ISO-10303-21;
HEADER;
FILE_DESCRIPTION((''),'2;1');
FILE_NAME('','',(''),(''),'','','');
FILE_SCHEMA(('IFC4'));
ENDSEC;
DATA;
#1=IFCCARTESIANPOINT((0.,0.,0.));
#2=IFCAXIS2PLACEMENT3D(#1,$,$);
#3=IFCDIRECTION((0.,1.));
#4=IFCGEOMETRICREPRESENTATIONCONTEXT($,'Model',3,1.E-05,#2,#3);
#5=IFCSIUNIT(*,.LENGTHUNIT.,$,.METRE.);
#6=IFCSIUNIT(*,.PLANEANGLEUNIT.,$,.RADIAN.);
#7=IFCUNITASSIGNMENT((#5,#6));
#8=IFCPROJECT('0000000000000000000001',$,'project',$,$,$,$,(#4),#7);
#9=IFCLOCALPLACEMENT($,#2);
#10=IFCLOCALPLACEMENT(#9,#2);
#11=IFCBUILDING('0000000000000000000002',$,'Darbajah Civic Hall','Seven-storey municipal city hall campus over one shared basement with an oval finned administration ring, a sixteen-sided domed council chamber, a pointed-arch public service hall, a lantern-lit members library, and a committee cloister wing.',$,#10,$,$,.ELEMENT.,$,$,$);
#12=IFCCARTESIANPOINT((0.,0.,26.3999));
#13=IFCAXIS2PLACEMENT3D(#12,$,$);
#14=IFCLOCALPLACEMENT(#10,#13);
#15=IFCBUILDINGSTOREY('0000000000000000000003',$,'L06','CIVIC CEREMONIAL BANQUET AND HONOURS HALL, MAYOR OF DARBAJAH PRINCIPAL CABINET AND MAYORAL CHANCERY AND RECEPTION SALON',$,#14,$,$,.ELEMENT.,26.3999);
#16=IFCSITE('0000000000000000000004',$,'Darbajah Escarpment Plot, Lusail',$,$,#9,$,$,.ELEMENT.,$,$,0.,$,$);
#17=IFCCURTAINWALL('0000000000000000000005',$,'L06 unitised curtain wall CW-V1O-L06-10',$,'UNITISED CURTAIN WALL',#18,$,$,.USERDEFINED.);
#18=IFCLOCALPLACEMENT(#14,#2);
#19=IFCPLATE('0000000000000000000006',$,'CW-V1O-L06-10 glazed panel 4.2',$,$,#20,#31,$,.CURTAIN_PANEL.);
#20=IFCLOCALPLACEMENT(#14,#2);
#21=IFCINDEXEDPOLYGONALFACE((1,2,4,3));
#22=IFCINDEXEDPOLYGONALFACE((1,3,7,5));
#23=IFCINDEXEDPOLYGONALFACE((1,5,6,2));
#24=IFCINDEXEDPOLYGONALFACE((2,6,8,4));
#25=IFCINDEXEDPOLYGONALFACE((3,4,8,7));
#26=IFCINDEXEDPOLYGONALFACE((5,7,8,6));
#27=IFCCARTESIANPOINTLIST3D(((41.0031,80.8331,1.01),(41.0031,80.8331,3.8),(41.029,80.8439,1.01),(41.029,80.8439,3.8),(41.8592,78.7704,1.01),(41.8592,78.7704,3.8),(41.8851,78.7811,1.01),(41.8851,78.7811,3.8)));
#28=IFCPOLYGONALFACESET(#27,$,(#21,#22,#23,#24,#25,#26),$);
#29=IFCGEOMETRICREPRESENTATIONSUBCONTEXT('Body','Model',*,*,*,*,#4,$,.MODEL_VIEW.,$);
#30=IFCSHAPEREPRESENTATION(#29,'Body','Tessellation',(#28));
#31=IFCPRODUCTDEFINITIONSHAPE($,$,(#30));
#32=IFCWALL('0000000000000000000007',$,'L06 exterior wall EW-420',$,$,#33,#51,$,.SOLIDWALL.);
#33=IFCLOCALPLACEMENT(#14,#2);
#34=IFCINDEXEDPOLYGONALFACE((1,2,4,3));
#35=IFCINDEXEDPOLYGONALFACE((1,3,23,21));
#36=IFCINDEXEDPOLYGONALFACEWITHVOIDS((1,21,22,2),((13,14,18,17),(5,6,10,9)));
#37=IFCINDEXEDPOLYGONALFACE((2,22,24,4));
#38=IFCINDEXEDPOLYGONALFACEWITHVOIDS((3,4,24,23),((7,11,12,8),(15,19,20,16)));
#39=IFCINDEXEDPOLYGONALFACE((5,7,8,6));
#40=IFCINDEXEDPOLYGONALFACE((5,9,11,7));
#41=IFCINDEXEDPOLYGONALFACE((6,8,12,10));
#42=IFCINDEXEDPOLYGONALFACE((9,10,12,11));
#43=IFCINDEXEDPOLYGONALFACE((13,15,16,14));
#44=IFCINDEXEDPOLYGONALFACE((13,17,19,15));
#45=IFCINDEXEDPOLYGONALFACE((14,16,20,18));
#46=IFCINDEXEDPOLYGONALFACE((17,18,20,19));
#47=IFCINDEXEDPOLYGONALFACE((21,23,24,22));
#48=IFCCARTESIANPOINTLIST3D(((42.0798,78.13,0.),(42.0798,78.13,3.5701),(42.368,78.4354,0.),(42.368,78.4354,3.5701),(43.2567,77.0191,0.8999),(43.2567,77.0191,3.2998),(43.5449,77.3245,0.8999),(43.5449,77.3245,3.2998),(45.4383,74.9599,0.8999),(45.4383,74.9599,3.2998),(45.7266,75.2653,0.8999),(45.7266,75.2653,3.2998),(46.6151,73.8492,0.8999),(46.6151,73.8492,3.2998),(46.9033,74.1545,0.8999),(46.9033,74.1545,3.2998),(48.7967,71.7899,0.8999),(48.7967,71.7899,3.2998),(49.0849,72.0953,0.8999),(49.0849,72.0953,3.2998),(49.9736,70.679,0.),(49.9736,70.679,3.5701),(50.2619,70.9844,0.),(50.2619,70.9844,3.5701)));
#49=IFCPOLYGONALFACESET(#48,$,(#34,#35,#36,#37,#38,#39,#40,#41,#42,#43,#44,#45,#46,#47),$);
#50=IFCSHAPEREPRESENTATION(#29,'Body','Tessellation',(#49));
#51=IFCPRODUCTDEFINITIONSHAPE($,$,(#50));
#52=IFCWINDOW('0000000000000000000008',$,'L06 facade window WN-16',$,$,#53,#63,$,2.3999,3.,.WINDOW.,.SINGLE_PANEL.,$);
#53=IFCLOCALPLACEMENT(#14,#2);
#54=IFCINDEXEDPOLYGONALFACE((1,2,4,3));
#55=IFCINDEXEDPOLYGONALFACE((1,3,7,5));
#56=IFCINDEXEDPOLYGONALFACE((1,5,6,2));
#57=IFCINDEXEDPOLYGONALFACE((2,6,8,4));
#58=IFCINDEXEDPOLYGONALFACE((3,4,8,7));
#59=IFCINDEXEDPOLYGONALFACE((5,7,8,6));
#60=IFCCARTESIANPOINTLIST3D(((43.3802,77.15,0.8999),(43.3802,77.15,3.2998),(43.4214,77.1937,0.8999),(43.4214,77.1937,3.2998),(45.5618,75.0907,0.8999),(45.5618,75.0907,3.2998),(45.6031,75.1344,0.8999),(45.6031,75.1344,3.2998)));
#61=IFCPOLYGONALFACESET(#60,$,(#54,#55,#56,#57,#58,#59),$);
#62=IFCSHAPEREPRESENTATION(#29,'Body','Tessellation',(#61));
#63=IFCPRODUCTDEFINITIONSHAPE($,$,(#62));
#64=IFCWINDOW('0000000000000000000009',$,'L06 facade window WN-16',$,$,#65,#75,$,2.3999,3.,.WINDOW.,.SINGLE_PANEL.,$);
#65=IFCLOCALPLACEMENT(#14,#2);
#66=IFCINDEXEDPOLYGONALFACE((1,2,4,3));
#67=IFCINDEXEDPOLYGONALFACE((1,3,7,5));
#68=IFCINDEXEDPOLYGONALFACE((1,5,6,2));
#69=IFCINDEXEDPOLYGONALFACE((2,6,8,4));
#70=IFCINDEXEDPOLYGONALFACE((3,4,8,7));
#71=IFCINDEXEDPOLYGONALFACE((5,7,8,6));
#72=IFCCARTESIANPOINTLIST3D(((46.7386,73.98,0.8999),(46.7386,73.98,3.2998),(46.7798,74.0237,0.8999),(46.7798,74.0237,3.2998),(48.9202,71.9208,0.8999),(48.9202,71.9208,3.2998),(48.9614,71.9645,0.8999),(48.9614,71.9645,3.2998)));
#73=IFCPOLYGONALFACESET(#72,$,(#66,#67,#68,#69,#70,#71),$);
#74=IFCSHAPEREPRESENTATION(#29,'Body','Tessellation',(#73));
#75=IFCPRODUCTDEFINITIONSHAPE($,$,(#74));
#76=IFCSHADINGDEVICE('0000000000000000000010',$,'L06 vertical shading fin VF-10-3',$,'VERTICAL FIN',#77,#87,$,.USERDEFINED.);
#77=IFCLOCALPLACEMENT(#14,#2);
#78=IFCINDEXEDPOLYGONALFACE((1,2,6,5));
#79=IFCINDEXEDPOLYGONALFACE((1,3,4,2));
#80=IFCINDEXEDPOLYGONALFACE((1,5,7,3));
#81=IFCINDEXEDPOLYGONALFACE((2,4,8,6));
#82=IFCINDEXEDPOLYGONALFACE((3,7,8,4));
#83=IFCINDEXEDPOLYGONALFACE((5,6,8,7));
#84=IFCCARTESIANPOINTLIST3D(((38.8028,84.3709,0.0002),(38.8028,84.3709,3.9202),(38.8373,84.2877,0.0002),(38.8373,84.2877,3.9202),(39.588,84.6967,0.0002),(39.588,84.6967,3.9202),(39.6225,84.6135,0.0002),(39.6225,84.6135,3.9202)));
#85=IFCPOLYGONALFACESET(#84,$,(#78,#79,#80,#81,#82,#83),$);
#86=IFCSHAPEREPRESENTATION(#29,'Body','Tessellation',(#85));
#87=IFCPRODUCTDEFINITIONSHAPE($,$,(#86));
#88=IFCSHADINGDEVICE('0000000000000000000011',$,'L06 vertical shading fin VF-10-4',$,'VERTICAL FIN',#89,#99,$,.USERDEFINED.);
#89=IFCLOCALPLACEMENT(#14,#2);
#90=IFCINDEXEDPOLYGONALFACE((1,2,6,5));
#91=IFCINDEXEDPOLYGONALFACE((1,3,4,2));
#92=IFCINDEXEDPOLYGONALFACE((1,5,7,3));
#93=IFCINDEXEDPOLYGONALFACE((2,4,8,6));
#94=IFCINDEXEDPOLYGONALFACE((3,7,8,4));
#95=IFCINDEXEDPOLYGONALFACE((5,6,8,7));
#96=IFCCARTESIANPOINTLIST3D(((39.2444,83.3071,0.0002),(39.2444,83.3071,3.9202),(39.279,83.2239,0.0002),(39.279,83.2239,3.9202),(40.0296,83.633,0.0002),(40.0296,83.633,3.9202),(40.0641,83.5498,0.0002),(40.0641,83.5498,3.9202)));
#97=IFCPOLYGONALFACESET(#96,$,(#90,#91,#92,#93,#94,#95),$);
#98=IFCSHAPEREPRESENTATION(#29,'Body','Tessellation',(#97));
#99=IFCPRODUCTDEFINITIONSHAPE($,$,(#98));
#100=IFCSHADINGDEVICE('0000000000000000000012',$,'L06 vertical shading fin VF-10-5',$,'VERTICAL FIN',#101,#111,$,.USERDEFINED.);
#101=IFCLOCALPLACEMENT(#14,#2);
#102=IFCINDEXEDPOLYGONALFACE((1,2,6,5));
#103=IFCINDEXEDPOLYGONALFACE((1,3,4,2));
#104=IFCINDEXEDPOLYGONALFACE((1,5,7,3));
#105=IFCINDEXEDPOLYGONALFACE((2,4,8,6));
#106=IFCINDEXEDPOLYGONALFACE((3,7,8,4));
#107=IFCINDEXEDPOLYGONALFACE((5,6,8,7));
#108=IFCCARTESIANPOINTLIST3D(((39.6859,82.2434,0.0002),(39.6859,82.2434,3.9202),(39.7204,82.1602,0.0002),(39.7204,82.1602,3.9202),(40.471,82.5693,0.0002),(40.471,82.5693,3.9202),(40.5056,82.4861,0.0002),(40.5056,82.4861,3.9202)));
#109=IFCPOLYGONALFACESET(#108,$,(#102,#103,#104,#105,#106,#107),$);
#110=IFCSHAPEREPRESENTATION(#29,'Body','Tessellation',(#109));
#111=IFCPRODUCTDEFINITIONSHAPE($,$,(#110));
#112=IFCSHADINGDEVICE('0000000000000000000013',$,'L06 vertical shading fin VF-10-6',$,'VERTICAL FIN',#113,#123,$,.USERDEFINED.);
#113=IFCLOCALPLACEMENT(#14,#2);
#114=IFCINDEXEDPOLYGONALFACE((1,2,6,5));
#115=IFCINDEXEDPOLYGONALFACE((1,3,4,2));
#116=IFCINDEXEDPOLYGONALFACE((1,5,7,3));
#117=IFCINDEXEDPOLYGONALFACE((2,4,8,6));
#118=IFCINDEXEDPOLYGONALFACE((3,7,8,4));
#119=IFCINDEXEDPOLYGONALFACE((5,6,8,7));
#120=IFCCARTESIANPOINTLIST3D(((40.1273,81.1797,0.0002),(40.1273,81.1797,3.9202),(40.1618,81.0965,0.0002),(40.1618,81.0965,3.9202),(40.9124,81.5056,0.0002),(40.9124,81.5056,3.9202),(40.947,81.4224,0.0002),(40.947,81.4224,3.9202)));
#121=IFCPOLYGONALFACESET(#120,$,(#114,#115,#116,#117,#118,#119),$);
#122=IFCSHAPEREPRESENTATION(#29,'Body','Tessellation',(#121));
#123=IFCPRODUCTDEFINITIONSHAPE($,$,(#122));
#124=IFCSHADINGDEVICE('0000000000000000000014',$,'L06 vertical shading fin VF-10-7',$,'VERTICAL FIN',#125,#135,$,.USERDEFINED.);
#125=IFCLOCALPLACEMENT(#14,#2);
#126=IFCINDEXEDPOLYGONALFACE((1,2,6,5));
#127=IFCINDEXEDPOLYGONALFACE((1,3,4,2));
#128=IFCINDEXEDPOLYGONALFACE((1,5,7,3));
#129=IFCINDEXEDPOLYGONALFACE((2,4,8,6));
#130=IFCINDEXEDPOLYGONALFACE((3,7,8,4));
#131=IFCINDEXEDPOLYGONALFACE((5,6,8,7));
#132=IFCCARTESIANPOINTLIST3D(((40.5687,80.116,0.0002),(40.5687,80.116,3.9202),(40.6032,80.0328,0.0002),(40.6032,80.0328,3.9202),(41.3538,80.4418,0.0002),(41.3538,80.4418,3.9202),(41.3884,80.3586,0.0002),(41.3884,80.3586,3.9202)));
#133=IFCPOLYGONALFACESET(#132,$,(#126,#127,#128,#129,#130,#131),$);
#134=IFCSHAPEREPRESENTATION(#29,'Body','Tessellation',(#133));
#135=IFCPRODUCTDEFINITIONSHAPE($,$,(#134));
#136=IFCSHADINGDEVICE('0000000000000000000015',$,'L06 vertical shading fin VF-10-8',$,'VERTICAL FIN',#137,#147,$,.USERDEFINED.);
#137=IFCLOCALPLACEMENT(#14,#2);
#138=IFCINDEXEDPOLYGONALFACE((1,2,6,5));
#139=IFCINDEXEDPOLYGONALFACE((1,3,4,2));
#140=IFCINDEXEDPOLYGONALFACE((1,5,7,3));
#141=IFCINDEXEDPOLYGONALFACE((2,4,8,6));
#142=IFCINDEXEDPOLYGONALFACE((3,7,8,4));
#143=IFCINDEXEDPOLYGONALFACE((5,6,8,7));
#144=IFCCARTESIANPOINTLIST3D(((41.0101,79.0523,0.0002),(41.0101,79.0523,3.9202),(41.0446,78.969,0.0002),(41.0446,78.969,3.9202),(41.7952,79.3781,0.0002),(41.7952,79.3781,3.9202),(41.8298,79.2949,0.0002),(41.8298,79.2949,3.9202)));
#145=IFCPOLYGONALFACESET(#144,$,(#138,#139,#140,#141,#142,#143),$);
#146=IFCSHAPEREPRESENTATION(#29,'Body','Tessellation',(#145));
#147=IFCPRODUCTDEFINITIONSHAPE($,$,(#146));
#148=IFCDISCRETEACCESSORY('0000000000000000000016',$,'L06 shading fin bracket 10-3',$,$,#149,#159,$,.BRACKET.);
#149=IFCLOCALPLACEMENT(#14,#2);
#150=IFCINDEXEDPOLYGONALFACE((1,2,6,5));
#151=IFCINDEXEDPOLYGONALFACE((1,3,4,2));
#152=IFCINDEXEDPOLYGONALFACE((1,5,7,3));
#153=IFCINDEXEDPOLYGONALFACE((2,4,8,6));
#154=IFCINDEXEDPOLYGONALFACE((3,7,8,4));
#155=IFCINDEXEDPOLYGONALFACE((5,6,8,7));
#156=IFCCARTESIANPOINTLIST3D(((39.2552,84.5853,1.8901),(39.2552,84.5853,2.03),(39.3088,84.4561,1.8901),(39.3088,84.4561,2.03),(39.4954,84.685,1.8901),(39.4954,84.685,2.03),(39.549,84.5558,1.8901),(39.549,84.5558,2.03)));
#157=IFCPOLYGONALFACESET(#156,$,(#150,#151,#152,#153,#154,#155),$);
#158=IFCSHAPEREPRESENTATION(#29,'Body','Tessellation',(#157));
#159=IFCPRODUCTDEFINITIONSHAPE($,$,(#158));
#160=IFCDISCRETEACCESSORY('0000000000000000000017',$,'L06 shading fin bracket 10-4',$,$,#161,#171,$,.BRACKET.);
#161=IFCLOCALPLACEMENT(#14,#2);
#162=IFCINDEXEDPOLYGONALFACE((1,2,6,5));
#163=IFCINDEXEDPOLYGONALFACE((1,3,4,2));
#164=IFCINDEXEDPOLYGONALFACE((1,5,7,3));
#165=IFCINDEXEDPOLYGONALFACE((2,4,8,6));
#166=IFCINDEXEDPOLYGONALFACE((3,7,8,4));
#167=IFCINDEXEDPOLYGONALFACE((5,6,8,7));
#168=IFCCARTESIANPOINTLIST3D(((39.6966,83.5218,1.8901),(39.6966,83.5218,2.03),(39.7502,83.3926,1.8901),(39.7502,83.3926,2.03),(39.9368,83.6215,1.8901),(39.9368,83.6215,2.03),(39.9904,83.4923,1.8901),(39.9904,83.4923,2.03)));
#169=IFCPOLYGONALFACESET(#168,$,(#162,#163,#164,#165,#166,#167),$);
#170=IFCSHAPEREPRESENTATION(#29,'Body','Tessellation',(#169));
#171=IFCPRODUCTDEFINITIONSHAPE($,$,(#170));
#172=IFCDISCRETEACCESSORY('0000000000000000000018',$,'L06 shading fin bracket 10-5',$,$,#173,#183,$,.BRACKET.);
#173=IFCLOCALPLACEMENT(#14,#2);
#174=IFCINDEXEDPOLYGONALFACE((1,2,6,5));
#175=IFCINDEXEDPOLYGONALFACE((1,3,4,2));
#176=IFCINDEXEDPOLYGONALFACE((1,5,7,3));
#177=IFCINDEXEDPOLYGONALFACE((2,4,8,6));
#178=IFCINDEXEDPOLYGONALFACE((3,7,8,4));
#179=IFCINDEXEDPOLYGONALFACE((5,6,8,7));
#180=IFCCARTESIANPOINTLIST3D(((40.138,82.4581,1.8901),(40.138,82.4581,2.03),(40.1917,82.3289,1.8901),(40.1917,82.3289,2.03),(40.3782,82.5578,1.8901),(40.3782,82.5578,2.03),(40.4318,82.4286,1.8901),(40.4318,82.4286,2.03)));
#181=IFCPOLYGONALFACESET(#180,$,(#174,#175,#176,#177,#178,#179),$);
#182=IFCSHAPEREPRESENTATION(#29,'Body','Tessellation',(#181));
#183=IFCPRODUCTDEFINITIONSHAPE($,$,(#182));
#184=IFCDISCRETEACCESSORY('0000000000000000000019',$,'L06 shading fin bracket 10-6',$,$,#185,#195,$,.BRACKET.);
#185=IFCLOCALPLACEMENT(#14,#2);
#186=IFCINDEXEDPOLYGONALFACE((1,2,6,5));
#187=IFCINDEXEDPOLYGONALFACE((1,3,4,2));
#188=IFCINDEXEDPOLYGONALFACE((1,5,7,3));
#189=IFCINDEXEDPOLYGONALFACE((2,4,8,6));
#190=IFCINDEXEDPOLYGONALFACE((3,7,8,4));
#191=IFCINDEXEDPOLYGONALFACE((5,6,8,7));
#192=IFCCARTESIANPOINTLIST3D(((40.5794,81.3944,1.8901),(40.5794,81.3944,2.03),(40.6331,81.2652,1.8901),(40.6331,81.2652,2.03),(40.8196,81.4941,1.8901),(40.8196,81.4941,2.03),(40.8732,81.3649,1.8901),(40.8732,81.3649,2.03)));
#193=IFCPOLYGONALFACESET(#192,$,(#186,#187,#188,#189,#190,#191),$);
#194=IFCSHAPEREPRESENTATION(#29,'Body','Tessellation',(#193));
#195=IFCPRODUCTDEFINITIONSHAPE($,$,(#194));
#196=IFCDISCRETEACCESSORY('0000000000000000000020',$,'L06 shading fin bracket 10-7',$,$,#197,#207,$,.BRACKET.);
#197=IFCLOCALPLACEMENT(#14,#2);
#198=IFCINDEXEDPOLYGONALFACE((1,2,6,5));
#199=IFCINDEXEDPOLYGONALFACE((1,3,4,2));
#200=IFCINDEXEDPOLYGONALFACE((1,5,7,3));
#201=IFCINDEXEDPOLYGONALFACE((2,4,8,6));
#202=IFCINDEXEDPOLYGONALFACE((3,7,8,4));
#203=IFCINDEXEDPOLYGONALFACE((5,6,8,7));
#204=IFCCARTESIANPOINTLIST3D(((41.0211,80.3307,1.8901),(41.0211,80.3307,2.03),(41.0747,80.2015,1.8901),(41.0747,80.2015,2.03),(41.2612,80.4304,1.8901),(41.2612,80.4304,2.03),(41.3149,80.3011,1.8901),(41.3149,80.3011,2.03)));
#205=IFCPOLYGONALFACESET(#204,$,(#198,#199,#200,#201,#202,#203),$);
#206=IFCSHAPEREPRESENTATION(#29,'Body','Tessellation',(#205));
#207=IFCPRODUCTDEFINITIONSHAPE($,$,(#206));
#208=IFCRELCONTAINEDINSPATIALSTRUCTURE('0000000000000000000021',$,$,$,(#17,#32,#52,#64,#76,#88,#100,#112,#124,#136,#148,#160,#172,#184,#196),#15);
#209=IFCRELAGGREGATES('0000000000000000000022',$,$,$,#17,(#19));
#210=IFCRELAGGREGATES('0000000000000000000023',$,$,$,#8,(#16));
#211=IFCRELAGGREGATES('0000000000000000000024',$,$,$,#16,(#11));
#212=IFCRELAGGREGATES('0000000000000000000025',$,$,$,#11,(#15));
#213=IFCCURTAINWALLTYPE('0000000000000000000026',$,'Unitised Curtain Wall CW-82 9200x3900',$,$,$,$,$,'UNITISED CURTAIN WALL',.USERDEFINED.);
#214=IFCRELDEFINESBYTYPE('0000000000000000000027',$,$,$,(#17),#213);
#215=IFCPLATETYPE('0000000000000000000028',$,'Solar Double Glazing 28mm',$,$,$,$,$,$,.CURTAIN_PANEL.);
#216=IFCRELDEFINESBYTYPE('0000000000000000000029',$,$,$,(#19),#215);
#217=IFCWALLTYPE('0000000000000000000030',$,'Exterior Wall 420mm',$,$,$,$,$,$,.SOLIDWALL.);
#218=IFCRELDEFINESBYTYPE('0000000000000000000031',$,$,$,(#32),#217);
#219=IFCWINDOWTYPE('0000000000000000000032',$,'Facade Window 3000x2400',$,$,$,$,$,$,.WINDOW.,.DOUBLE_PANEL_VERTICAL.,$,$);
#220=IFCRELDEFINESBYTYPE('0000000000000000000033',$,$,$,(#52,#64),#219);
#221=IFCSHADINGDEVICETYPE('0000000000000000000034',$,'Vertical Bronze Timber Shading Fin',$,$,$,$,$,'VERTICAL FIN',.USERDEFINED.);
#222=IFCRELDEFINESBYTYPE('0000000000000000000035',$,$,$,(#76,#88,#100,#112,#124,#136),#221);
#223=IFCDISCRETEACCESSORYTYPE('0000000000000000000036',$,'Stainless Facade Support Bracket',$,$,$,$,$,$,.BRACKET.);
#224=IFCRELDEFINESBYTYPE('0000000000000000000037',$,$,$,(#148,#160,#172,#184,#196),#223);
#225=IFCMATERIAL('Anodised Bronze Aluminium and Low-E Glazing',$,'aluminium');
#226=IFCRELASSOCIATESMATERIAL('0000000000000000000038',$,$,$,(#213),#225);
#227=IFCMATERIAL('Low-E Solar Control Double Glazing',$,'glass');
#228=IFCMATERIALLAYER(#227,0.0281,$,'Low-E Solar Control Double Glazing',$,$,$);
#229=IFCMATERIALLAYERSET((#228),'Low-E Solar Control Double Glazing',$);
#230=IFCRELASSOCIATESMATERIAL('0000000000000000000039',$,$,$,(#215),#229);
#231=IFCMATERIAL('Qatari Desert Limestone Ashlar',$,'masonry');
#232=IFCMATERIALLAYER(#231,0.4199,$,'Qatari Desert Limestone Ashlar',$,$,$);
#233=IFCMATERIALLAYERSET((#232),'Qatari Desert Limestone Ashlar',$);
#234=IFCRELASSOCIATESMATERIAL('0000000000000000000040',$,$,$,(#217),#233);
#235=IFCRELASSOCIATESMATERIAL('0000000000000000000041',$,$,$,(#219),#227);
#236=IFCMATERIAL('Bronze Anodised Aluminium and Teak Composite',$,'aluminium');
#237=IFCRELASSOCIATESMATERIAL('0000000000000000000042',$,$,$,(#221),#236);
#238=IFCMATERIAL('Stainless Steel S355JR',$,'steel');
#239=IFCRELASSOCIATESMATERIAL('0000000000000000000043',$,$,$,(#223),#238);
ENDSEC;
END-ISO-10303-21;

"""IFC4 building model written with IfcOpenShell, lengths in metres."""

from ifc_helpers import new_model, si_unit, direction, frame, frame_2d, origin, origin_2d, place, context, subcontext, project, spatial, rectangle, extrude, material, layer, layer_set, type_object, element, fill, aggregate, save


model = new_model("IFC4")

# Units and contexts
model_context = context("Model", 3, precision=1e-05, world=origin(), true_north=direction((0.0, 1.0)))
body_context = subcontext(model_context, "Body", "Model", "MODEL_VIEW")
ifc_project = project(units=[si_unit("LENGTHUNIT", "METRE"), si_unit("PLANEANGLEUNIT", "RADIAN")], contexts=[model_context])

# Site, building, storey
site_placement = place(None, origin())
site = spatial("IfcSite", under=ifc_project, at=site_placement, Name="Darbajah Escarpment Plot, Lusail", CompositionType="ELEMENT", RefElevation=0.0)
building_placement = place(site_placement, origin())
building = spatial("IfcBuilding", under=site, at=building_placement, Name="Darbajah Civic Hall", Description="Seven-storey municipal city hall campus over one shared basement with an oval finned administration ring, a sixteen-sided domed council chamber, a pointed-arch public service hall, a lantern-lit members library, and a committee cloister wing.", CompositionType="ELEMENT")
storey_placement = place(building_placement, frame((0.0, 0.0, 26.3999)))
storey = spatial("IfcBuildingStorey", under=building, at=storey_placement, Name="L06", Description="CIVIC CEREMONIAL BANQUET AND HONOURS HALL, MAYOR OF DARBAJAH PRINCIPAL CABINET AND MAYORAL CHANCERY AND RECEPTION SALON", CompositionType="ELEMENT", Elevation=26.3999)

# Curtain wall
ifc_material_1 = material(Name="Anodised Bronze Aluminium and Low-E Glazing", Category="aluminium")
curtain_wall_type = type_object("IfcCurtainWallType", Name="Unitised Curtain Wall CW-82 9200x3900", ElementType="UNITISED CURTAIN WALL", PredefinedType="USERDEFINED", material=ifc_material_1)
curtain_wall_placement = place(storey_placement, origin())
curtain_wall = element("IfcCurtainWall", 1, at=curtain_wall_placement, inside=storey, type_object=curtain_wall_type, Name="L06 unitised curtain wall CW-V1O-L06-10", ObjectType="UNITISED CURTAIN WALL", PredefinedType="USERDEFINED")

# Plate
ifc_material_2 = material(Name="Low-E Solar Control Double Glazing", Category="glass")
ifc_layer_1 = layer(ifc_material_2, 0.0281, Name="Low-E Solar Control Double Glazing")
ifc_layer_set_1 = layer_set([ifc_layer_1], Name="Low-E Solar Control Double Glazing")
plate_type = type_object("IfcPlateType", Name="Solar Double Glazing 28mm", PredefinedType="CURTAIN_PANEL", material=ifc_layer_set_1)
plate_1_placement = place(storey_placement, frame((41.4441, 79.8071, 1.01), z_axis=(0.0, 0.0, 1.0), x_axis=(0.383328, -0.923612, 0.0)))
plate_1 = element("IfcPlate", 2, at=plate_1_placement, type_object=plate_type, Name="CW-V1O-L06-10 glazed panel 4.2", PredefinedType="CURTAIN_PANEL", context=body_context, shape_type="SweptSolid", body=[
    extrude(rectangle(XDim=2.2334, YDim=0.0281, at=origin_2d()), origin(), (0.0, 0.0, 1.0), 2.79),
])
aggregate(curtain_wall, [plate_1])

# Wall, openings, windows
ifc_material_3 = material(Name="Qatari Desert Limestone Ashlar", Category="masonry")
ifc_layer_2 = layer(ifc_material_3, 0.4199, Name="Qatari Desert Limestone Ashlar")
ifc_layer_set_2 = layer_set([ifc_layer_2], Name="Qatari Desert Limestone Ashlar")
wall_type = type_object("IfcWallType", Name="Exterior Wall 420mm", PredefinedType="SOLIDWALL", material=ifc_layer_set_2)
wall_placement = place(storey_placement, frame((42.2239, 78.2827, 0.0), z_axis=(0.0, 0.0, 1.0), x_axis=(0.727212, -0.686413, 0.0)))
wall = element("IfcWall", 3, at=wall_placement, inside=storey, type_object=wall_type, Name="L06 exterior wall EW-420", PredefinedType="SOLIDWALL", context=body_context, shape_type="SweptSolid", body=[
    extrude(rectangle(XDim=10.855, YDim=0.4199, at=frame_2d((5.4275, 0.0))), origin(), (0.0, 0.0, 1.0), 3.5701),
])
opening_1_placement = place(wall_placement, frame((1.6184, 0.0, 0.8999)))
opening_1 = element("IfcOpeningElement", 4, at=opening_1_placement, cuts=wall, PredefinedType="OPENING", context=body_context, shape_type="SweptSolid", body=[
    extrude(rectangle(XDim=3.0, YDim=2.3999, at=frame_2d((1.5, 1.2))), frame((0.0, 0.22, 0.0), z_axis=(0.0, -1.0, 0.0), x_axis=(1.0, 0.0, 0.0)), (0.0, 0.0, 1.0), 0.4399),
])
opening_2_placement = place(wall_placement, frame((6.2366, 0.0, 0.8999)))
opening_2 = element("IfcOpeningElement", 5, at=opening_2_placement, cuts=wall, PredefinedType="OPENING", context=body_context, shape_type="SweptSolid", body=[
    extrude(rectangle(XDim=3.0, YDim=2.3999, at=frame_2d((1.5, 1.2))), frame((0.0, 0.22, 0.0), z_axis=(0.0, -1.0, 0.0), x_axis=(1.0, 0.0, 0.0)), (0.0, 0.0, 1.0), 0.4399),
])
window_type = type_object("IfcWindowType", Name="Facade Window 3000x2400", PartitioningType="DOUBLE_PANEL_VERTICAL", PredefinedType="WINDOW", material=ifc_material_2)
window_1_placement = place(opening_1_placement, origin())
window_1 = element("IfcWindow", 6, at=window_1_placement, inside=storey, type_object=window_type, Name="L06 facade window WN-16", OverallHeight=2.3999, OverallWidth=3.0, PartitioningType="SINGLE_PANEL", PredefinedType="WINDOW", context=body_context, shape_type="SweptSolid", body=[
    extrude(rectangle(XDim=3.0, YDim=2.3999, at=frame_2d((1.5, 1.2))), frame((0.0, 0.03, 0.0), z_axis=(0.0, -1.0, 0.0), x_axis=(1.0, 0.0, 0.0)), (0.0, 0.0, 1.0), 0.0601),
])
fill(opening_1, window_1)
window_2_placement = place(opening_2_placement, origin())
window_2 = element("IfcWindow", 7, at=window_2_placement, inside=storey, type_object=window_type, Name="L06 facade window WN-16", OverallHeight=2.3999, OverallWidth=3.0, PartitioningType="SINGLE_PANEL", PredefinedType="WINDOW", context=body_context, shape_type="SweptSolid", body=[
    extrude(rectangle(XDim=3.0, YDim=2.3999, at=frame_2d((1.5, 1.2))), frame((0.0, 0.03, 0.0), z_axis=(0.0, -1.0, 0.0), x_axis=(1.0, 0.0, 0.0)), (0.0, 0.0, 1.0), 0.0601),
])
fill(opening_2, window_2)

# Shading devices
ifc_material_4 = material(Name="Bronze Anodised Aluminium and Teak Composite", Category="aluminium")
shading_device_type = type_object("IfcShadingDeviceType", Name="Vertical Bronze Timber Shading Fin", ElementType="VERTICAL FIN", PredefinedType="USERDEFINED", material=ifc_material_4)
for number, where, z_axis, x_axis, name in (
    (8, (39.2126, 84.4922, 0.0002), (0.0, 0.0, 1.0), (-0.923612, -0.383328, 0.0), "L06 vertical shading fin VF-10-3"),
    (9, (39.6543, 83.4285, 0.0002), (0.0, 0.0, 1.0), (-0.923612, -0.383328, 0.0), "L06 vertical shading fin VF-10-4"),
    (10, (40.0957, 82.3647, 0.0002), (0.0, 0.0, 1.0), (-0.923612, -0.383328, 0.0), "L06 vertical shading fin VF-10-5"),
    (11, (40.5371, 81.301, 0.0002), (0.0, 0.0, 1.0), (-0.923612, -0.383328, 0.0), "L06 vertical shading fin VF-10-6"),
    (12, (40.9785, 80.2373, 0.0002), (0.0, 0.0, 1.0), (-0.923612, -0.383328, 0.0), "L06 vertical shading fin VF-10-7"),
    (13, (41.4199, 79.1736, 0.0002), (0.0, 0.0, 1.0), (-0.923612, -0.383328, 0.0), "L06 vertical shading fin VF-10-8"),
):
    element("IfcShadingDevice", number, at=place(storey_placement, frame(where, z_axis=z_axis, x_axis=x_axis)), inside=storey, type_object=shading_device_type, Name=name, ObjectType="VERTICAL FIN", PredefinedType="USERDEFINED", context=body_context, shape_type="SweptSolid", body=[
        extrude(rectangle(XDim=0.8501, YDim=0.0901, at=origin_2d()), origin(), (0.0, 0.0, 1.0), 3.9199),
    ])

# Discrete accessories
ifc_material_5 = material(Name="Stainless Steel S355JR", Category="steel")
discrete_accessory_type = type_object("IfcDiscreteAccessoryType", Name="Stainless Facade Support Bracket", PredefinedType="BRACKET", material=ifc_material_5)
for number, where, z_axis, x_axis, name in (
    (14, (39.4021, 84.5706, 1.8901), (0.0, 0.0, 1.0), (-0.923612, -0.383328, 0.0), "L06 shading fin bracket 10-3"),
    (15, (39.8435, 83.5071, 1.8901), (0.0, 0.0, 1.0), (-0.923612, -0.383328, 0.0), "L06 shading fin bracket 10-4"),
    (16, (40.2849, 82.4434, 1.8901), (0.0, 0.0, 1.0), (-0.923612, -0.383328, 0.0), "L06 shading fin bracket 10-5"),
    (17, (40.7263, 81.3796, 1.8901), (0.0, 0.0, 1.0), (-0.923612, -0.383328, 0.0), "L06 shading fin bracket 10-6"),
    (18, (41.168, 80.3159, 1.8901), (0.0, 0.0, 1.0), (-0.923612, -0.383328, 0.0), "L06 shading fin bracket 10-7"),
):
    element("IfcDiscreteAccessory", number, at=place(storey_placement, frame(where, z_axis=z_axis, x_axis=x_axis)), inside=storey, type_object=discrete_accessory_type, Name=name, PredefinedType="BRACKET", context=body_context, shape_type="SweptSolid", body=[
        extrude(rectangle(XDim=0.26, YDim=0.1399, at=origin_2d()), origin(), (0.0, 0.0, 1.0), 0.1399),
    ])

save(model, "model.ifc")
